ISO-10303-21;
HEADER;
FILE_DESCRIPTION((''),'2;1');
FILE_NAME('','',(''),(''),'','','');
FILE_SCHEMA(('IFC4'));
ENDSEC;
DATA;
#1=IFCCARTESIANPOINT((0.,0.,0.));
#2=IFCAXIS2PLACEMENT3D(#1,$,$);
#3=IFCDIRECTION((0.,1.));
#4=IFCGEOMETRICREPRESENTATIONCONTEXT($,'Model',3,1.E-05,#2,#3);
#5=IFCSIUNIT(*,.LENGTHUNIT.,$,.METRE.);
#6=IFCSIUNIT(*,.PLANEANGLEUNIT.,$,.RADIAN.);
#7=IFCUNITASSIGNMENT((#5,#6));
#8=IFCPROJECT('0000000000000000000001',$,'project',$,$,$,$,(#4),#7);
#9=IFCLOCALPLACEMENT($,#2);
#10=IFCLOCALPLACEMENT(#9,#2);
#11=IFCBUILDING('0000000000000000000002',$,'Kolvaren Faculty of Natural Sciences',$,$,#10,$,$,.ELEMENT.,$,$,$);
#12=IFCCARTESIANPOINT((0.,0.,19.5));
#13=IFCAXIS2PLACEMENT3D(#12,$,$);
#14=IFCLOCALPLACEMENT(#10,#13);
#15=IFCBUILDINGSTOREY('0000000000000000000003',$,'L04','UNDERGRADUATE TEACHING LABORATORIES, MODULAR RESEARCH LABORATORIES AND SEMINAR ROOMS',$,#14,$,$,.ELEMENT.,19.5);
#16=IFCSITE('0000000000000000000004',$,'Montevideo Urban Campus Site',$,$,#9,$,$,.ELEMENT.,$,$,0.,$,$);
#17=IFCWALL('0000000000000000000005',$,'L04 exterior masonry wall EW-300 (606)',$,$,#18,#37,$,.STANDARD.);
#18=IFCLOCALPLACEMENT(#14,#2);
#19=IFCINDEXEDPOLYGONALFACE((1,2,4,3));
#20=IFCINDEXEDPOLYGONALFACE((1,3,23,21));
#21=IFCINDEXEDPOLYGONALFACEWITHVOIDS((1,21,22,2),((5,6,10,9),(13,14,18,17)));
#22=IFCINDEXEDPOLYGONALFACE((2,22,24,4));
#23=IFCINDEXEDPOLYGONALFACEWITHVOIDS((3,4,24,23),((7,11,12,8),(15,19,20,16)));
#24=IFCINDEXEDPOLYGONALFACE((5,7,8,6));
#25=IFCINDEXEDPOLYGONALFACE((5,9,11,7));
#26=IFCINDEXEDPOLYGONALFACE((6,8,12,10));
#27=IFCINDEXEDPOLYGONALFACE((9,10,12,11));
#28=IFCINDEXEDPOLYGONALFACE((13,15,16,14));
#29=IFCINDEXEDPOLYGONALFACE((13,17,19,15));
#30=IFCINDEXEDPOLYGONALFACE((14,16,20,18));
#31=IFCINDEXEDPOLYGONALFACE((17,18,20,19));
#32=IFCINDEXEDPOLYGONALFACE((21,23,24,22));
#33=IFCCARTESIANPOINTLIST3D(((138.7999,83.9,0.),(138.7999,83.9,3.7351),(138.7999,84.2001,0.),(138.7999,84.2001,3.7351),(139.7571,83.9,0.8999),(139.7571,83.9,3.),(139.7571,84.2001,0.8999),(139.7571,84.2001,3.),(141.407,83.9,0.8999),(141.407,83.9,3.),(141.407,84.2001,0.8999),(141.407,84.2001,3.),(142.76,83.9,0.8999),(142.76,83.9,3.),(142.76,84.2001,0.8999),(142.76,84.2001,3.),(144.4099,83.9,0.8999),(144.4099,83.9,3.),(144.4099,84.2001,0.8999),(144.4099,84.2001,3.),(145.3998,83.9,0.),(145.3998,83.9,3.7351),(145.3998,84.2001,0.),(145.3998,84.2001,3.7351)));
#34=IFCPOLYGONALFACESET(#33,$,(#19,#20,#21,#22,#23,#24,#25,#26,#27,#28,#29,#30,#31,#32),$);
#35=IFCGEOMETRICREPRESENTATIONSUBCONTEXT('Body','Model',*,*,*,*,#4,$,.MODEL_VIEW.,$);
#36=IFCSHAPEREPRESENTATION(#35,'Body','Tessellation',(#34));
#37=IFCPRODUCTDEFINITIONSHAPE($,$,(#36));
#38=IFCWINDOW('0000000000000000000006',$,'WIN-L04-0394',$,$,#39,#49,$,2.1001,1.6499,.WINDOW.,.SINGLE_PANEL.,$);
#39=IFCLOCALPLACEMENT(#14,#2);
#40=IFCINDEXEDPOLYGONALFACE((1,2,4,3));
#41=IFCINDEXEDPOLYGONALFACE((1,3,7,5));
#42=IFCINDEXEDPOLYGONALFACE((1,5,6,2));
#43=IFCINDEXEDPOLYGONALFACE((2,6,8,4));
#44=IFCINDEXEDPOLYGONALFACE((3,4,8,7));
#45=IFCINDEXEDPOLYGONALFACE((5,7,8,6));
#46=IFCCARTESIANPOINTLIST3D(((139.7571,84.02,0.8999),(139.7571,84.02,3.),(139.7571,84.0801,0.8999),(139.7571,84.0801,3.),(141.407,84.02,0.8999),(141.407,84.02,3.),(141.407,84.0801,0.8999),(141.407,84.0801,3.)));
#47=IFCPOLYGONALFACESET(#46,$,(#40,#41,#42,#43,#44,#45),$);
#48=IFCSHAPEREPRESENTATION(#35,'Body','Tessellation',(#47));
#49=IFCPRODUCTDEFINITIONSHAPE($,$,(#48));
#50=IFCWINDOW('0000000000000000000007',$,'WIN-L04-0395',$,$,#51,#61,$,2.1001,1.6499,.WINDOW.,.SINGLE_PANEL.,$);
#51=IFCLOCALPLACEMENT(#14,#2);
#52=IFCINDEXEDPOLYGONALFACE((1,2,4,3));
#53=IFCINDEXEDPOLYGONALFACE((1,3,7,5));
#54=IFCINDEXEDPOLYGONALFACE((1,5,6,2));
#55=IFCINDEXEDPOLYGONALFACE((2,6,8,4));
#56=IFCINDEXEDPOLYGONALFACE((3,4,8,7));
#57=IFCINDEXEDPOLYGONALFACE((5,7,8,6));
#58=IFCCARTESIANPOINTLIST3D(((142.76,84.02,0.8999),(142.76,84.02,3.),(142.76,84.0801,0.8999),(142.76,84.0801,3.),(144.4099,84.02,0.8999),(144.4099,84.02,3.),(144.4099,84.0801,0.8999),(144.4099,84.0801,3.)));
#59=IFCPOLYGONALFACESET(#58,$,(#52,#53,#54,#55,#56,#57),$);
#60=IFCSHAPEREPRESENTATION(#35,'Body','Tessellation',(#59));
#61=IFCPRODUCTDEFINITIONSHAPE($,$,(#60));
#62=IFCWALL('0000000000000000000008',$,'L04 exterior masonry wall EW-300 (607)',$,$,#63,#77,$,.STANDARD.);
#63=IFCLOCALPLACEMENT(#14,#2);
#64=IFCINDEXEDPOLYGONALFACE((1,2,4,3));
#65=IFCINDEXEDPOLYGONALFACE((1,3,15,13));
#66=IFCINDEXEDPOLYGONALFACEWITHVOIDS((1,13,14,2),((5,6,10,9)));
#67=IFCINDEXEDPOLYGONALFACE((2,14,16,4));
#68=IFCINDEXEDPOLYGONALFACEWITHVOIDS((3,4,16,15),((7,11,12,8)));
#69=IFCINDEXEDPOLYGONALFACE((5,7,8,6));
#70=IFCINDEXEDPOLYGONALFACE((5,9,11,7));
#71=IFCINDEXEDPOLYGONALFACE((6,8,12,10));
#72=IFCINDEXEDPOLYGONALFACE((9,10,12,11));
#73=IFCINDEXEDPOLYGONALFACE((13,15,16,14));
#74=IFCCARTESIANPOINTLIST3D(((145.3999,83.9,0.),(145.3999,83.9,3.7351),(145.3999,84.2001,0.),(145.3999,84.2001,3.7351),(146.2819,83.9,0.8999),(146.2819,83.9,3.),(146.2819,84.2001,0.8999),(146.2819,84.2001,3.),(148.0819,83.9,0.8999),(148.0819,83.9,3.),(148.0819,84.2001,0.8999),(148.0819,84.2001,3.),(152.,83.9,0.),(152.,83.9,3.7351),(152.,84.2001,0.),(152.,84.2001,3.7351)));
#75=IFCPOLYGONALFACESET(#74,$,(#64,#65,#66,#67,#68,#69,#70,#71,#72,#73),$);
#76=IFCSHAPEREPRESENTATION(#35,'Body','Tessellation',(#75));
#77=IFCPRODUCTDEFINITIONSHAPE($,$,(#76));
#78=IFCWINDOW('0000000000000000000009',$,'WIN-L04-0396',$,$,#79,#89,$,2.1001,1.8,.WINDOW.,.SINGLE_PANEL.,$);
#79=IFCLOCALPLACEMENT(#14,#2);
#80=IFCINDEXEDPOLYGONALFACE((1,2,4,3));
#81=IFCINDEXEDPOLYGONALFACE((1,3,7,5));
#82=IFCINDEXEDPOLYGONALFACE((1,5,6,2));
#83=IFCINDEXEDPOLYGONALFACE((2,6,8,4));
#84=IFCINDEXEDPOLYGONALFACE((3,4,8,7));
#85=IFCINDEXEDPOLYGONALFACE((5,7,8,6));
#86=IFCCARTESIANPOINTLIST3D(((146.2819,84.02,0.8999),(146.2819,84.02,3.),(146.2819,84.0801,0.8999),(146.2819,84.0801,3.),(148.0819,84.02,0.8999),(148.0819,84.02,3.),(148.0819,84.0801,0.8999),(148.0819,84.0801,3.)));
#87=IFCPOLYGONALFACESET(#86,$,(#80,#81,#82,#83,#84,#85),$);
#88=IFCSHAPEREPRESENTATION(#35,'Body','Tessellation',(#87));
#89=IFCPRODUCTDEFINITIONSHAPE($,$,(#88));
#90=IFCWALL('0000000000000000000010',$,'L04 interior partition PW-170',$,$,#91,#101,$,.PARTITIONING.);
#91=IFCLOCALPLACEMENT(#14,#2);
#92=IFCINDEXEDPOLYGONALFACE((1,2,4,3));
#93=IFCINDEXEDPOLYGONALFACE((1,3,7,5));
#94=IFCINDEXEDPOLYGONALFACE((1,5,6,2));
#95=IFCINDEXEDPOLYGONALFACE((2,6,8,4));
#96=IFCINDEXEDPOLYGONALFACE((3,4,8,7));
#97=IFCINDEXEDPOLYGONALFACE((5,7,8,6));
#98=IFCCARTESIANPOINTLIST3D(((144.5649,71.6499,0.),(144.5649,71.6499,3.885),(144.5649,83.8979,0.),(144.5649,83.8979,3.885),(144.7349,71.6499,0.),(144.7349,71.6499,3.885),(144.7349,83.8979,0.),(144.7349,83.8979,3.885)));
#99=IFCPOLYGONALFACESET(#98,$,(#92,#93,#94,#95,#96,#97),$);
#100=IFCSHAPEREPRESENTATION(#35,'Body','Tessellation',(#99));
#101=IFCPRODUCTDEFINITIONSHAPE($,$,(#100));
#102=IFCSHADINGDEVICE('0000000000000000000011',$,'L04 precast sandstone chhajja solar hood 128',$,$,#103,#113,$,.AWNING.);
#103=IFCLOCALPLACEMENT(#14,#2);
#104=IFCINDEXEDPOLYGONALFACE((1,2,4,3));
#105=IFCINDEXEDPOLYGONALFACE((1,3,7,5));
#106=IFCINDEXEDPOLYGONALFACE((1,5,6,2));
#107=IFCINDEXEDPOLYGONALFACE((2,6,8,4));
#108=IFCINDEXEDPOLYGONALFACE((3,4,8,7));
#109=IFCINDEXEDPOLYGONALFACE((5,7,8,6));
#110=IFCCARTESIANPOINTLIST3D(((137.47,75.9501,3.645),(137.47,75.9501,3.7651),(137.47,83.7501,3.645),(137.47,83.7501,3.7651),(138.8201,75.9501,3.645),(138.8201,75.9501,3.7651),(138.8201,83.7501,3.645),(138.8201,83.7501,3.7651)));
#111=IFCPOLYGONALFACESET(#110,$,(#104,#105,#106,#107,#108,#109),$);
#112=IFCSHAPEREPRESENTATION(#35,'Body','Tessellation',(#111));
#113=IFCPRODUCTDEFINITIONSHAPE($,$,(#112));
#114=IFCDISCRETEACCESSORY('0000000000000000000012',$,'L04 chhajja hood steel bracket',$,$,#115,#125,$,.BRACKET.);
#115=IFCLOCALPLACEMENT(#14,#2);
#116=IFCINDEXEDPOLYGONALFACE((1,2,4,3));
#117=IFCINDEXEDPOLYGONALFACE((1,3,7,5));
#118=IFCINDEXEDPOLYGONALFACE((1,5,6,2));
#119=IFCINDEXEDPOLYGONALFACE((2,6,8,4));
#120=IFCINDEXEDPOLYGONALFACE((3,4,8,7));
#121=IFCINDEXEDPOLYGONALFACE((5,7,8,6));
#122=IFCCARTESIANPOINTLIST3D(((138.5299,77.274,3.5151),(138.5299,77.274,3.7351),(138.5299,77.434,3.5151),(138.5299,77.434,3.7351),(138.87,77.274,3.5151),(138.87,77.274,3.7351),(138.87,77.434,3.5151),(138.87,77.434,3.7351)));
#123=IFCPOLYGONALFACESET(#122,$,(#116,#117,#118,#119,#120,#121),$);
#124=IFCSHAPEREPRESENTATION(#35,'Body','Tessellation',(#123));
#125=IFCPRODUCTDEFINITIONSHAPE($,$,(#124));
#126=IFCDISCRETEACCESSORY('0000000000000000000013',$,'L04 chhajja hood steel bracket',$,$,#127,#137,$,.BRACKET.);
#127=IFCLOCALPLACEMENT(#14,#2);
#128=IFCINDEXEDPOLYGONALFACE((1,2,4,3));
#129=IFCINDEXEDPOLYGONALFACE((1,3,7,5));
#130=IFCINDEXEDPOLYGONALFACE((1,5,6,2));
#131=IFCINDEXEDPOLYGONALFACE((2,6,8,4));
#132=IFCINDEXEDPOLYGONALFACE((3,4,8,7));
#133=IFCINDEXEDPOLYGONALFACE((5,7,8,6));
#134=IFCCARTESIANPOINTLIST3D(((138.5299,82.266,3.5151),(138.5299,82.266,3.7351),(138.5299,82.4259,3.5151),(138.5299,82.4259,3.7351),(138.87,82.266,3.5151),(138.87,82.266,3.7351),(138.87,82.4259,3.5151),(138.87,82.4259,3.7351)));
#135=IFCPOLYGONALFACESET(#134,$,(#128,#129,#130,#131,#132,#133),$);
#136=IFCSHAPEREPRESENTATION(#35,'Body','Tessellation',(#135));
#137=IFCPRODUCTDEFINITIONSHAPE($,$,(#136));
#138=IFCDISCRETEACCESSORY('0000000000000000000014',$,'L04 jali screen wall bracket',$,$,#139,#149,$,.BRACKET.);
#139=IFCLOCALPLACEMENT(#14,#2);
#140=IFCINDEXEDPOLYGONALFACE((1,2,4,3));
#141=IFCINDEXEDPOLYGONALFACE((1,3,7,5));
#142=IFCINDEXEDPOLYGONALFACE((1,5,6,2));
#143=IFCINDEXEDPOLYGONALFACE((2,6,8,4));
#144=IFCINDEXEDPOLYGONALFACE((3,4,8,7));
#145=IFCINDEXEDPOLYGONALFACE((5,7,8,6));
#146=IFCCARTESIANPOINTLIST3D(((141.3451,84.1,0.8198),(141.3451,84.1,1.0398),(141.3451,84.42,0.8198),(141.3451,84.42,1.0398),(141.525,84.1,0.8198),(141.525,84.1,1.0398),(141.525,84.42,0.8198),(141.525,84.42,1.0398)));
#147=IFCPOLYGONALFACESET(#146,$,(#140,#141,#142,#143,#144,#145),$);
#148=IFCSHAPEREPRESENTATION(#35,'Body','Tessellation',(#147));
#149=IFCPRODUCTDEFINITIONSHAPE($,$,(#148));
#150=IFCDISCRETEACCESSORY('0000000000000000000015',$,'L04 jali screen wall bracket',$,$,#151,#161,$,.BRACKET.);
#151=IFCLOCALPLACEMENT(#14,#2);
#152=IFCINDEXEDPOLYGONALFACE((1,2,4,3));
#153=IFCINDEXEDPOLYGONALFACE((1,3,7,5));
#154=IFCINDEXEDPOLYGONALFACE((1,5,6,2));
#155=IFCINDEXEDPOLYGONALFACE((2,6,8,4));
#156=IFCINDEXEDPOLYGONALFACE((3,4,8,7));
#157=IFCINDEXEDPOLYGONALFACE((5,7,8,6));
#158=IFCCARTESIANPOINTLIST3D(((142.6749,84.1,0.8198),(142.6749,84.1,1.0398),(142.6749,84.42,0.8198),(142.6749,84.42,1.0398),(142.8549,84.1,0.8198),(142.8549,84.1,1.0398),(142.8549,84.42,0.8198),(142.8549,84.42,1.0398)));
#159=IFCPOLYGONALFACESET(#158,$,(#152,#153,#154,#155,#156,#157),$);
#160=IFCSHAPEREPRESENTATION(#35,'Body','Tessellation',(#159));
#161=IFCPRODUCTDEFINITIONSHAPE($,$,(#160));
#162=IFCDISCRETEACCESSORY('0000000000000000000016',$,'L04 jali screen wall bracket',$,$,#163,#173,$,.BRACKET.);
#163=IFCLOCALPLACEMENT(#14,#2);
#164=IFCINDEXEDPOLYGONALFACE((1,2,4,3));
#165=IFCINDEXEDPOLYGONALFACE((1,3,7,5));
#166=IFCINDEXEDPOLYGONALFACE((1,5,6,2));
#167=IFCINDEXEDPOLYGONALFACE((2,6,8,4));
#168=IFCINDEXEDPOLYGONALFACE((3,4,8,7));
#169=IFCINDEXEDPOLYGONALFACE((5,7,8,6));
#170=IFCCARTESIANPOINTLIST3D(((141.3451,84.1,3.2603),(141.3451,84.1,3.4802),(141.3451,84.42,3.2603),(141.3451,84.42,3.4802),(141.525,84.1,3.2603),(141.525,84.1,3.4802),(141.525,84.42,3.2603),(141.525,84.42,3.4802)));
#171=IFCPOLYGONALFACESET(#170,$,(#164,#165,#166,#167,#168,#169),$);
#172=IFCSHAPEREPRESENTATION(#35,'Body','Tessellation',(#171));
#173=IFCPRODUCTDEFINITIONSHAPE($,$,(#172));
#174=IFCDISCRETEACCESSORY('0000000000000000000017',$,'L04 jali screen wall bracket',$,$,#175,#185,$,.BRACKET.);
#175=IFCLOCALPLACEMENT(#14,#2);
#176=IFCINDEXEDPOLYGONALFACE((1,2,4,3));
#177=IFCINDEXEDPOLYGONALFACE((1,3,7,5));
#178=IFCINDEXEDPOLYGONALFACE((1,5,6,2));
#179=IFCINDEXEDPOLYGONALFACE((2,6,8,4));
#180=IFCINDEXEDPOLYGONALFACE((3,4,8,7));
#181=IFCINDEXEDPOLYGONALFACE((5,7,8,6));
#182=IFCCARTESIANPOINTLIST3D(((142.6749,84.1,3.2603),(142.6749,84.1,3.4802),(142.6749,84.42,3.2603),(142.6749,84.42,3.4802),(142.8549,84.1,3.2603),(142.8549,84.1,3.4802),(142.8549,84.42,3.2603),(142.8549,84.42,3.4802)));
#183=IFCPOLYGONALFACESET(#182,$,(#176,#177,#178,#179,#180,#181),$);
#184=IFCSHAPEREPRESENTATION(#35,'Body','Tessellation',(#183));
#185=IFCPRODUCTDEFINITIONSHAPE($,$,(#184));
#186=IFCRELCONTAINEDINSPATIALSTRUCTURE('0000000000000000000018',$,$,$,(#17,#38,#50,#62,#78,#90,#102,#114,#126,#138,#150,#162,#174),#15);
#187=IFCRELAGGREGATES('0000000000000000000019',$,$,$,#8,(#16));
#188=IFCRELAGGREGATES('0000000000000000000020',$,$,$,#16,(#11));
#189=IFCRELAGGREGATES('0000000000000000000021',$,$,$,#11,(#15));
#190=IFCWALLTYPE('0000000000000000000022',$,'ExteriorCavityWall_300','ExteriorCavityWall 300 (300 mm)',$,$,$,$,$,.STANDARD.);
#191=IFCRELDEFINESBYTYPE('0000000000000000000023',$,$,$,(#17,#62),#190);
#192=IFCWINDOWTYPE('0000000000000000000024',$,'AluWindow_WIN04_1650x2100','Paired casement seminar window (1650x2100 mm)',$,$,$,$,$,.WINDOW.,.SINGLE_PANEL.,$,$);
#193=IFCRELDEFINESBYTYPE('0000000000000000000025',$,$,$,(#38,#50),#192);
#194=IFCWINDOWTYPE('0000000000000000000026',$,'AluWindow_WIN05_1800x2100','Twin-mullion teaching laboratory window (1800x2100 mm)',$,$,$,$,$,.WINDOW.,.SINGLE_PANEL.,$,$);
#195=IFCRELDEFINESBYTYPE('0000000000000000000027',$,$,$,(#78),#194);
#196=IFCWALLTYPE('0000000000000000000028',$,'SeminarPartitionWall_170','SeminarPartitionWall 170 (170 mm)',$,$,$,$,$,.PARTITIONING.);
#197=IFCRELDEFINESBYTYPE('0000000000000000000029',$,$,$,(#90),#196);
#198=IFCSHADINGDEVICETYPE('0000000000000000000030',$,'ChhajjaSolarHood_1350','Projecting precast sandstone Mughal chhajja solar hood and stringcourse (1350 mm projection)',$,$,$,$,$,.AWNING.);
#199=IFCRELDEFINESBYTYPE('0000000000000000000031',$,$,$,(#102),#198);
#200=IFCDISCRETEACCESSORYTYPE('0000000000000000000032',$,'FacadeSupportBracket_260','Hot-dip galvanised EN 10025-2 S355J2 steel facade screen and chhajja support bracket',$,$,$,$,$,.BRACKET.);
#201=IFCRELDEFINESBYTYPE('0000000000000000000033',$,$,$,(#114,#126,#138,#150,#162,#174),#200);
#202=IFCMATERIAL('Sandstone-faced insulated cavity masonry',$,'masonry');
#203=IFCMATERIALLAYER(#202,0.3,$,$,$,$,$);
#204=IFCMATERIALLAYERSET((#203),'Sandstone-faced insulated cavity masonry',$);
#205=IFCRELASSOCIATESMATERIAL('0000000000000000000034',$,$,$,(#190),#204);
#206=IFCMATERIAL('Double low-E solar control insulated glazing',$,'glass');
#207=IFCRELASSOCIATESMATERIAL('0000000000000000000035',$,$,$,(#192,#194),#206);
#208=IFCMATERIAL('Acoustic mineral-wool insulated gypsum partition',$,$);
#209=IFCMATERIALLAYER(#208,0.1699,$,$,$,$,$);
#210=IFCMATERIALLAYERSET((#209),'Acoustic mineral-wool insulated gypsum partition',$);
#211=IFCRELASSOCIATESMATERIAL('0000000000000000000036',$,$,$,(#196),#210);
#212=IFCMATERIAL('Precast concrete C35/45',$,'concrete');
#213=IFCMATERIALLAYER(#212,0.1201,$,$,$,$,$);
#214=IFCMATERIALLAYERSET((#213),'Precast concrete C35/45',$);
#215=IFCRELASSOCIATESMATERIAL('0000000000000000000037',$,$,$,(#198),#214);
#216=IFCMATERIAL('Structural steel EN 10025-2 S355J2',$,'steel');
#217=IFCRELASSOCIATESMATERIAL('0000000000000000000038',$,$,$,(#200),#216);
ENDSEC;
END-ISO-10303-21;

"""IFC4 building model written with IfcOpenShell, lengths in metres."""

from ifc_helpers import new_model, si_unit, direction, frame, frame_2d, origin, origin_2d, place, context, subcontext, project, spatial, rectangle, extrude, material, layer, layer_set, type_object, element, fill, save


model = new_model("IFC4")

# Units and contexts
model_context = context("Model", 3, precision=1e-05, world=origin(), true_north=direction((0.0, 1.0)))
body_context = subcontext(model_context, "Body", "Model", "MODEL_VIEW")
ifc_project = project(units=[si_unit("LENGTHUNIT", "METRE"), si_unit("PLANEANGLEUNIT", "RADIAN")], contexts=[model_context])

# Site, building, storey
site_placement = place(None, origin())
site = spatial("IfcSite", under=ifc_project, at=site_placement, Name="Montevideo Urban Campus Site", CompositionType="ELEMENT", RefElevation=0.0)
building_placement = place(site_placement, origin())
building = spatial("IfcBuilding", under=site, at=building_placement, Name="Kolvaren Faculty of Natural Sciences", CompositionType="ELEMENT")
storey_placement = place(building_placement, frame((0.0, 0.0, 19.5)))
storey = spatial("IfcBuildingStorey", under=building, at=storey_placement, Name="L04", Description="UNDERGRADUATE TEACHING LABORATORIES, MODULAR RESEARCH LABORATORIES AND SEMINAR ROOMS", CompositionType="ELEMENT", Elevation=19.5)

# Wall, openings, windows
ifc_material_1 = material(Name="Sandstone-faced insulated cavity masonry", Category="masonry")
ifc_layer_1 = layer(ifc_material_1, 0.3)
ifc_layer_set_1 = layer_set([ifc_layer_1], Name="Sandstone-faced insulated cavity masonry")
wall_type_1 = type_object("IfcWallType", Name="ExteriorCavityWall_300", Description="ExteriorCavityWall 300 (300 mm)", PredefinedType="STANDARD", material=ifc_layer_set_1)
ifc_material_2 = material(Name="Double low-E solar control insulated glazing", Category="glass")
wall_1_placement = place(storey_placement, frame((138.8, 84.05, 0.0), z_axis=(0.0, 0.0, 1.0), x_axis=(1.0, 0.0, 0.0)))
wall_1 = element("IfcWall", 1, at=wall_1_placement, inside=storey, type_object=wall_type_1, Name="L04 exterior masonry wall EW-300 (606)", PredefinedType="STANDARD", context=body_context, shape_type="SweptSolid", body=[
    extrude(rectangle(XDim=6.5999, YDim=0.3, at=frame_2d((3.2998, 0.0))), origin(), (0.0, 0.0, 1.0), 3.7351),
])
opening_1_placement = place(wall_1_placement, frame((0.957, 0.0, 0.8999)))
opening_1 = element("IfcOpeningElement", 2, at=opening_1_placement, cuts=wall_1, PredefinedType="OPENING", context=body_context, shape_type="SweptSolid", body=[
    extrude(rectangle(XDim=1.6499, YDim=2.1001, at=frame_2d((0.825, 1.05))), frame((0.0, 0.1599, 0.0), z_axis=(0.0, -1.0, 0.0), x_axis=(1.0, 0.0, 0.0)), (0.0, 0.0, 1.0), 0.3201),
])
opening_2_placement = place(wall_1_placement, frame((3.96, 0.0, 0.8999)))
opening_2 = element("IfcOpeningElement", 3, at=opening_2_placement, cuts=wall_1, PredefinedType="OPENING", context=body_context, shape_type="SweptSolid", body=[
    extrude(rectangle(XDim=1.6499, YDim=2.1001, at=frame_2d((0.825, 1.05))), frame((0.0, 0.1599, 0.0), z_axis=(0.0, -1.0, 0.0), x_axis=(1.0, 0.0, 0.0)), (0.0, 0.0, 1.0), 0.3201),
])
window_type_1 = type_object("IfcWindowType", Name="AluWindow_WIN04_1650x2100", Description="Paired casement seminar window (1650x2100 mm)", PartitioningType="SINGLE_PANEL", PredefinedType="WINDOW", material=ifc_material_2)
window_1_placement = place(opening_1_placement, origin())
window_1 = element("IfcWindow", 4, at=window_1_placement, inside=storey, type_object=window_type_1, Name="WIN-L04-0394", OverallHeight=2.1001, OverallWidth=1.6499, PartitioningType="SINGLE_PANEL", PredefinedType="WINDOW", context=body_context, shape_type="SweptSolid", body=[
    extrude(rectangle(XDim=1.6499, YDim=2.1001, at=frame_2d((0.825, 1.05))), frame((0.0, 0.03, 0.0), z_axis=(0.0, -1.0, 0.0), x_axis=(1.0, 0.0, 0.0)), (0.0, 0.0, 1.0), 0.0601),
])
fill(opening_1, window_1)
window_2_placement = place(opening_2_placement, origin())
window_2 = element("IfcWindow", 5, at=window_2_placement, inside=storey, type_object=window_type_1, Name="WIN-L04-0395", OverallHeight=2.1001, OverallWidth=1.6499, PartitioningType="SINGLE_PANEL", PredefinedType="WINDOW", context=body_context, shape_type="SweptSolid", body=[
    extrude(rectangle(XDim=1.6499, YDim=2.1001, at=frame_2d((0.825, 1.05))), frame((0.0, 0.03, 0.0), z_axis=(0.0, -1.0, 0.0), x_axis=(1.0, 0.0, 0.0)), (0.0, 0.0, 1.0), 0.0601),
])
fill(opening_2, window_2)

# Wall, opening, window
wall_2_placement = place(storey_placement, frame((145.3999, 84.05, 0.0), z_axis=(0.0, 0.0, 1.0), x_axis=(1.0, 0.0, 0.0)))
wall_2 = element("IfcWall", 6, at=wall_2_placement, inside=storey, type_object=wall_type_1, Name="L04 exterior masonry wall EW-300 (607)", PredefinedType="STANDARD", context=body_context, shape_type="SweptSolid", body=[
    extrude(rectangle(XDim=6.6001, YDim=0.3, at=frame_2d((3.3, 0.0))), origin(), (0.0, 0.0, 1.0), 3.7351),
])
opening_3_placement = place(wall_2_placement, frame((0.8821, 0.0, 0.8999)))
opening_3 = element("IfcOpeningElement", 7, at=opening_3_placement, cuts=wall_2, PredefinedType="OPENING", context=body_context, shape_type="SweptSolid", body=[
    extrude(rectangle(XDim=1.8, YDim=2.1001, at=frame_2d((0.8999, 1.05))), frame((0.0, 0.1599, 0.0), z_axis=(0.0, -1.0, 0.0), x_axis=(1.0, 0.0, 0.0)), (0.0, 0.0, 1.0), 0.3201),
])
window_type_2 = type_object("IfcWindowType", Name="AluWindow_WIN05_1800x2100", Description="Twin-mullion teaching laboratory window (1800x2100 mm)", PartitioningType="SINGLE_PANEL", PredefinedType="WINDOW", material=ifc_material_2)
window_3_placement = place(opening_3_placement, origin())
window_3 = element("IfcWindow", 8, at=window_3_placement, inside=storey, type_object=window_type_2, Name="WIN-L04-0396", OverallHeight=2.1001, OverallWidth=1.8, PartitioningType="SINGLE_PANEL", PredefinedType="WINDOW", context=body_context, shape_type="SweptSolid", body=[
    extrude(rectangle(XDim=1.8, YDim=2.1001, at=frame_2d((0.8999, 1.05))), frame((0.0, 0.03, 0.0), z_axis=(0.0, -1.0, 0.0), x_axis=(1.0, 0.0, 0.0)), (0.0, 0.0, 1.0), 0.0601),
])
fill(opening_3, window_3)

# Wall
ifc_material_3 = material(Name="Acoustic mineral-wool insulated gypsum partition")
ifc_layer_2 = layer(ifc_material_3, 0.1699)
ifc_layer_set_2 = layer_set([ifc_layer_2], Name="Acoustic mineral-wool insulated gypsum partition")
wall_type_2 = type_object("IfcWallType", Name="SeminarPartitionWall_170", Description="SeminarPartitionWall 170 (170 mm)", PredefinedType="PARTITIONING", material=ifc_layer_set_2)
wall_3_placement = place(storey_placement, frame((144.6499, 83.8979, 0.0), z_axis=(0.0, 0.0, 1.0), x_axis=(0.0, -1.0, 0.0)))
element("IfcWall", 9, at=wall_3_placement, inside=storey, type_object=wall_type_2, Name="L04 interior partition PW-170", PredefinedType="PARTITIONING", context=body_context, shape_type="SweptSolid", body=[
    extrude(rectangle(XDim=12.248, YDim=0.1699, at=frame_2d((6.124, 0.0))), origin(), (0.0, 0.0, 1.0), 3.885),
])

# Shading device
ifc_material_4 = material(Name="Precast concrete C35/45", Category="concrete")
ifc_layer_3 = layer(ifc_material_4, 0.1201)
ifc_layer_set_3 = layer_set([ifc_layer_3], Name="Precast concrete C35/45")
shading_device_type = type_object("IfcShadingDeviceType", Name="ChhajjaSolarHood_1350", Description="Projecting precast sandstone Mughal chhajja solar hood and stringcourse (1350 mm projection)", PredefinedType="AWNING", material=ifc_layer_set_3)
shading_device_placement = place(storey_placement, frame((138.145, 79.8501, 3.645), z_axis=(0.0, 0.0, 1.0), x_axis=(0.0, 1.0, 0.0)))
element("IfcShadingDevice", 10, at=shading_device_placement, inside=storey, type_object=shading_device_type, Name="L04 precast sandstone chhajja solar hood 128", PredefinedType="AWNING", context=body_context, shape_type="SweptSolid", body=[
    extrude(rectangle(XDim=7.8, YDim=1.3501, at=origin_2d()), origin(), (0.0, 0.0, 1.0), 0.1201),
])

# Discrete accessories
ifc_material_5 = material(Name="Structural steel EN 10025-2 S355J2", Category="steel")
discrete_accessory_type = type_object("IfcDiscreteAccessoryType", Name="FacadeSupportBracket_260", Description="Hot-dip galvanised EN 10025-2 S355J2 steel facade screen and chhajja support bracket", PredefinedType="BRACKET", material=ifc_material_5)
for number, where, z_axis, x_axis, name in (
    (11, (138.7, 77.354, 3.5151), (0.0, 0.0, 1.0), (0.0, 1.0, 0.0), "L04 chhajja hood steel bracket"),
    (12, (138.7, 82.3459, 3.5151), (0.0, 0.0, 1.0), (0.0, 1.0, 0.0), "L04 chhajja hood steel bracket"),
):
    element("IfcDiscreteAccessory", number, at=place(storey_placement, frame(where, z_axis=z_axis, x_axis=x_axis)), inside=storey, type_object=discrete_accessory_type, Name=name, PredefinedType="BRACKET", context=body_context, shape_type="SweptSolid", body=[
        extrude(rectangle(XDim=0.1599, YDim=0.3401, at=origin_2d()), origin(), (0.0, 0.0, 1.0), 0.22),
    ])
for number, where, z_axis, x_axis, name in (
    (13, (141.4351, 84.26, 0.8198), (0.0, 0.0, 1.0), (1.0, 0.0, 0.0), "L04 jali screen wall bracket"),
    (14, (142.7649, 84.26, 0.8198), (0.0, 0.0, 1.0), (1.0, 0.0, 0.0), "L04 jali screen wall bracket"),
    (15, (141.4351, 84.26, 3.2603), (0.0, 0.0, 1.0), (1.0, 0.0, 0.0), "L04 jali screen wall bracket"),
    (16, (142.7649, 84.26, 3.2603), (0.0, 0.0, 1.0), (1.0, 0.0, 0.0), "L04 jali screen wall bracket"),
):
    element("IfcDiscreteAccessory", number, at=place(storey_placement, frame(where, z_axis=z_axis, x_axis=x_axis)), inside=storey, type_object=discrete_accessory_type, Name=name, PredefinedType="BRACKET", context=body_context, shape_type="SweptSolid", body=[
        extrude(rectangle(XDim=0.1799, YDim=0.3201, at=origin_2d()), origin(), (0.0, 0.0, 1.0), 0.22),
    ])

save(model, "model.ifc")
